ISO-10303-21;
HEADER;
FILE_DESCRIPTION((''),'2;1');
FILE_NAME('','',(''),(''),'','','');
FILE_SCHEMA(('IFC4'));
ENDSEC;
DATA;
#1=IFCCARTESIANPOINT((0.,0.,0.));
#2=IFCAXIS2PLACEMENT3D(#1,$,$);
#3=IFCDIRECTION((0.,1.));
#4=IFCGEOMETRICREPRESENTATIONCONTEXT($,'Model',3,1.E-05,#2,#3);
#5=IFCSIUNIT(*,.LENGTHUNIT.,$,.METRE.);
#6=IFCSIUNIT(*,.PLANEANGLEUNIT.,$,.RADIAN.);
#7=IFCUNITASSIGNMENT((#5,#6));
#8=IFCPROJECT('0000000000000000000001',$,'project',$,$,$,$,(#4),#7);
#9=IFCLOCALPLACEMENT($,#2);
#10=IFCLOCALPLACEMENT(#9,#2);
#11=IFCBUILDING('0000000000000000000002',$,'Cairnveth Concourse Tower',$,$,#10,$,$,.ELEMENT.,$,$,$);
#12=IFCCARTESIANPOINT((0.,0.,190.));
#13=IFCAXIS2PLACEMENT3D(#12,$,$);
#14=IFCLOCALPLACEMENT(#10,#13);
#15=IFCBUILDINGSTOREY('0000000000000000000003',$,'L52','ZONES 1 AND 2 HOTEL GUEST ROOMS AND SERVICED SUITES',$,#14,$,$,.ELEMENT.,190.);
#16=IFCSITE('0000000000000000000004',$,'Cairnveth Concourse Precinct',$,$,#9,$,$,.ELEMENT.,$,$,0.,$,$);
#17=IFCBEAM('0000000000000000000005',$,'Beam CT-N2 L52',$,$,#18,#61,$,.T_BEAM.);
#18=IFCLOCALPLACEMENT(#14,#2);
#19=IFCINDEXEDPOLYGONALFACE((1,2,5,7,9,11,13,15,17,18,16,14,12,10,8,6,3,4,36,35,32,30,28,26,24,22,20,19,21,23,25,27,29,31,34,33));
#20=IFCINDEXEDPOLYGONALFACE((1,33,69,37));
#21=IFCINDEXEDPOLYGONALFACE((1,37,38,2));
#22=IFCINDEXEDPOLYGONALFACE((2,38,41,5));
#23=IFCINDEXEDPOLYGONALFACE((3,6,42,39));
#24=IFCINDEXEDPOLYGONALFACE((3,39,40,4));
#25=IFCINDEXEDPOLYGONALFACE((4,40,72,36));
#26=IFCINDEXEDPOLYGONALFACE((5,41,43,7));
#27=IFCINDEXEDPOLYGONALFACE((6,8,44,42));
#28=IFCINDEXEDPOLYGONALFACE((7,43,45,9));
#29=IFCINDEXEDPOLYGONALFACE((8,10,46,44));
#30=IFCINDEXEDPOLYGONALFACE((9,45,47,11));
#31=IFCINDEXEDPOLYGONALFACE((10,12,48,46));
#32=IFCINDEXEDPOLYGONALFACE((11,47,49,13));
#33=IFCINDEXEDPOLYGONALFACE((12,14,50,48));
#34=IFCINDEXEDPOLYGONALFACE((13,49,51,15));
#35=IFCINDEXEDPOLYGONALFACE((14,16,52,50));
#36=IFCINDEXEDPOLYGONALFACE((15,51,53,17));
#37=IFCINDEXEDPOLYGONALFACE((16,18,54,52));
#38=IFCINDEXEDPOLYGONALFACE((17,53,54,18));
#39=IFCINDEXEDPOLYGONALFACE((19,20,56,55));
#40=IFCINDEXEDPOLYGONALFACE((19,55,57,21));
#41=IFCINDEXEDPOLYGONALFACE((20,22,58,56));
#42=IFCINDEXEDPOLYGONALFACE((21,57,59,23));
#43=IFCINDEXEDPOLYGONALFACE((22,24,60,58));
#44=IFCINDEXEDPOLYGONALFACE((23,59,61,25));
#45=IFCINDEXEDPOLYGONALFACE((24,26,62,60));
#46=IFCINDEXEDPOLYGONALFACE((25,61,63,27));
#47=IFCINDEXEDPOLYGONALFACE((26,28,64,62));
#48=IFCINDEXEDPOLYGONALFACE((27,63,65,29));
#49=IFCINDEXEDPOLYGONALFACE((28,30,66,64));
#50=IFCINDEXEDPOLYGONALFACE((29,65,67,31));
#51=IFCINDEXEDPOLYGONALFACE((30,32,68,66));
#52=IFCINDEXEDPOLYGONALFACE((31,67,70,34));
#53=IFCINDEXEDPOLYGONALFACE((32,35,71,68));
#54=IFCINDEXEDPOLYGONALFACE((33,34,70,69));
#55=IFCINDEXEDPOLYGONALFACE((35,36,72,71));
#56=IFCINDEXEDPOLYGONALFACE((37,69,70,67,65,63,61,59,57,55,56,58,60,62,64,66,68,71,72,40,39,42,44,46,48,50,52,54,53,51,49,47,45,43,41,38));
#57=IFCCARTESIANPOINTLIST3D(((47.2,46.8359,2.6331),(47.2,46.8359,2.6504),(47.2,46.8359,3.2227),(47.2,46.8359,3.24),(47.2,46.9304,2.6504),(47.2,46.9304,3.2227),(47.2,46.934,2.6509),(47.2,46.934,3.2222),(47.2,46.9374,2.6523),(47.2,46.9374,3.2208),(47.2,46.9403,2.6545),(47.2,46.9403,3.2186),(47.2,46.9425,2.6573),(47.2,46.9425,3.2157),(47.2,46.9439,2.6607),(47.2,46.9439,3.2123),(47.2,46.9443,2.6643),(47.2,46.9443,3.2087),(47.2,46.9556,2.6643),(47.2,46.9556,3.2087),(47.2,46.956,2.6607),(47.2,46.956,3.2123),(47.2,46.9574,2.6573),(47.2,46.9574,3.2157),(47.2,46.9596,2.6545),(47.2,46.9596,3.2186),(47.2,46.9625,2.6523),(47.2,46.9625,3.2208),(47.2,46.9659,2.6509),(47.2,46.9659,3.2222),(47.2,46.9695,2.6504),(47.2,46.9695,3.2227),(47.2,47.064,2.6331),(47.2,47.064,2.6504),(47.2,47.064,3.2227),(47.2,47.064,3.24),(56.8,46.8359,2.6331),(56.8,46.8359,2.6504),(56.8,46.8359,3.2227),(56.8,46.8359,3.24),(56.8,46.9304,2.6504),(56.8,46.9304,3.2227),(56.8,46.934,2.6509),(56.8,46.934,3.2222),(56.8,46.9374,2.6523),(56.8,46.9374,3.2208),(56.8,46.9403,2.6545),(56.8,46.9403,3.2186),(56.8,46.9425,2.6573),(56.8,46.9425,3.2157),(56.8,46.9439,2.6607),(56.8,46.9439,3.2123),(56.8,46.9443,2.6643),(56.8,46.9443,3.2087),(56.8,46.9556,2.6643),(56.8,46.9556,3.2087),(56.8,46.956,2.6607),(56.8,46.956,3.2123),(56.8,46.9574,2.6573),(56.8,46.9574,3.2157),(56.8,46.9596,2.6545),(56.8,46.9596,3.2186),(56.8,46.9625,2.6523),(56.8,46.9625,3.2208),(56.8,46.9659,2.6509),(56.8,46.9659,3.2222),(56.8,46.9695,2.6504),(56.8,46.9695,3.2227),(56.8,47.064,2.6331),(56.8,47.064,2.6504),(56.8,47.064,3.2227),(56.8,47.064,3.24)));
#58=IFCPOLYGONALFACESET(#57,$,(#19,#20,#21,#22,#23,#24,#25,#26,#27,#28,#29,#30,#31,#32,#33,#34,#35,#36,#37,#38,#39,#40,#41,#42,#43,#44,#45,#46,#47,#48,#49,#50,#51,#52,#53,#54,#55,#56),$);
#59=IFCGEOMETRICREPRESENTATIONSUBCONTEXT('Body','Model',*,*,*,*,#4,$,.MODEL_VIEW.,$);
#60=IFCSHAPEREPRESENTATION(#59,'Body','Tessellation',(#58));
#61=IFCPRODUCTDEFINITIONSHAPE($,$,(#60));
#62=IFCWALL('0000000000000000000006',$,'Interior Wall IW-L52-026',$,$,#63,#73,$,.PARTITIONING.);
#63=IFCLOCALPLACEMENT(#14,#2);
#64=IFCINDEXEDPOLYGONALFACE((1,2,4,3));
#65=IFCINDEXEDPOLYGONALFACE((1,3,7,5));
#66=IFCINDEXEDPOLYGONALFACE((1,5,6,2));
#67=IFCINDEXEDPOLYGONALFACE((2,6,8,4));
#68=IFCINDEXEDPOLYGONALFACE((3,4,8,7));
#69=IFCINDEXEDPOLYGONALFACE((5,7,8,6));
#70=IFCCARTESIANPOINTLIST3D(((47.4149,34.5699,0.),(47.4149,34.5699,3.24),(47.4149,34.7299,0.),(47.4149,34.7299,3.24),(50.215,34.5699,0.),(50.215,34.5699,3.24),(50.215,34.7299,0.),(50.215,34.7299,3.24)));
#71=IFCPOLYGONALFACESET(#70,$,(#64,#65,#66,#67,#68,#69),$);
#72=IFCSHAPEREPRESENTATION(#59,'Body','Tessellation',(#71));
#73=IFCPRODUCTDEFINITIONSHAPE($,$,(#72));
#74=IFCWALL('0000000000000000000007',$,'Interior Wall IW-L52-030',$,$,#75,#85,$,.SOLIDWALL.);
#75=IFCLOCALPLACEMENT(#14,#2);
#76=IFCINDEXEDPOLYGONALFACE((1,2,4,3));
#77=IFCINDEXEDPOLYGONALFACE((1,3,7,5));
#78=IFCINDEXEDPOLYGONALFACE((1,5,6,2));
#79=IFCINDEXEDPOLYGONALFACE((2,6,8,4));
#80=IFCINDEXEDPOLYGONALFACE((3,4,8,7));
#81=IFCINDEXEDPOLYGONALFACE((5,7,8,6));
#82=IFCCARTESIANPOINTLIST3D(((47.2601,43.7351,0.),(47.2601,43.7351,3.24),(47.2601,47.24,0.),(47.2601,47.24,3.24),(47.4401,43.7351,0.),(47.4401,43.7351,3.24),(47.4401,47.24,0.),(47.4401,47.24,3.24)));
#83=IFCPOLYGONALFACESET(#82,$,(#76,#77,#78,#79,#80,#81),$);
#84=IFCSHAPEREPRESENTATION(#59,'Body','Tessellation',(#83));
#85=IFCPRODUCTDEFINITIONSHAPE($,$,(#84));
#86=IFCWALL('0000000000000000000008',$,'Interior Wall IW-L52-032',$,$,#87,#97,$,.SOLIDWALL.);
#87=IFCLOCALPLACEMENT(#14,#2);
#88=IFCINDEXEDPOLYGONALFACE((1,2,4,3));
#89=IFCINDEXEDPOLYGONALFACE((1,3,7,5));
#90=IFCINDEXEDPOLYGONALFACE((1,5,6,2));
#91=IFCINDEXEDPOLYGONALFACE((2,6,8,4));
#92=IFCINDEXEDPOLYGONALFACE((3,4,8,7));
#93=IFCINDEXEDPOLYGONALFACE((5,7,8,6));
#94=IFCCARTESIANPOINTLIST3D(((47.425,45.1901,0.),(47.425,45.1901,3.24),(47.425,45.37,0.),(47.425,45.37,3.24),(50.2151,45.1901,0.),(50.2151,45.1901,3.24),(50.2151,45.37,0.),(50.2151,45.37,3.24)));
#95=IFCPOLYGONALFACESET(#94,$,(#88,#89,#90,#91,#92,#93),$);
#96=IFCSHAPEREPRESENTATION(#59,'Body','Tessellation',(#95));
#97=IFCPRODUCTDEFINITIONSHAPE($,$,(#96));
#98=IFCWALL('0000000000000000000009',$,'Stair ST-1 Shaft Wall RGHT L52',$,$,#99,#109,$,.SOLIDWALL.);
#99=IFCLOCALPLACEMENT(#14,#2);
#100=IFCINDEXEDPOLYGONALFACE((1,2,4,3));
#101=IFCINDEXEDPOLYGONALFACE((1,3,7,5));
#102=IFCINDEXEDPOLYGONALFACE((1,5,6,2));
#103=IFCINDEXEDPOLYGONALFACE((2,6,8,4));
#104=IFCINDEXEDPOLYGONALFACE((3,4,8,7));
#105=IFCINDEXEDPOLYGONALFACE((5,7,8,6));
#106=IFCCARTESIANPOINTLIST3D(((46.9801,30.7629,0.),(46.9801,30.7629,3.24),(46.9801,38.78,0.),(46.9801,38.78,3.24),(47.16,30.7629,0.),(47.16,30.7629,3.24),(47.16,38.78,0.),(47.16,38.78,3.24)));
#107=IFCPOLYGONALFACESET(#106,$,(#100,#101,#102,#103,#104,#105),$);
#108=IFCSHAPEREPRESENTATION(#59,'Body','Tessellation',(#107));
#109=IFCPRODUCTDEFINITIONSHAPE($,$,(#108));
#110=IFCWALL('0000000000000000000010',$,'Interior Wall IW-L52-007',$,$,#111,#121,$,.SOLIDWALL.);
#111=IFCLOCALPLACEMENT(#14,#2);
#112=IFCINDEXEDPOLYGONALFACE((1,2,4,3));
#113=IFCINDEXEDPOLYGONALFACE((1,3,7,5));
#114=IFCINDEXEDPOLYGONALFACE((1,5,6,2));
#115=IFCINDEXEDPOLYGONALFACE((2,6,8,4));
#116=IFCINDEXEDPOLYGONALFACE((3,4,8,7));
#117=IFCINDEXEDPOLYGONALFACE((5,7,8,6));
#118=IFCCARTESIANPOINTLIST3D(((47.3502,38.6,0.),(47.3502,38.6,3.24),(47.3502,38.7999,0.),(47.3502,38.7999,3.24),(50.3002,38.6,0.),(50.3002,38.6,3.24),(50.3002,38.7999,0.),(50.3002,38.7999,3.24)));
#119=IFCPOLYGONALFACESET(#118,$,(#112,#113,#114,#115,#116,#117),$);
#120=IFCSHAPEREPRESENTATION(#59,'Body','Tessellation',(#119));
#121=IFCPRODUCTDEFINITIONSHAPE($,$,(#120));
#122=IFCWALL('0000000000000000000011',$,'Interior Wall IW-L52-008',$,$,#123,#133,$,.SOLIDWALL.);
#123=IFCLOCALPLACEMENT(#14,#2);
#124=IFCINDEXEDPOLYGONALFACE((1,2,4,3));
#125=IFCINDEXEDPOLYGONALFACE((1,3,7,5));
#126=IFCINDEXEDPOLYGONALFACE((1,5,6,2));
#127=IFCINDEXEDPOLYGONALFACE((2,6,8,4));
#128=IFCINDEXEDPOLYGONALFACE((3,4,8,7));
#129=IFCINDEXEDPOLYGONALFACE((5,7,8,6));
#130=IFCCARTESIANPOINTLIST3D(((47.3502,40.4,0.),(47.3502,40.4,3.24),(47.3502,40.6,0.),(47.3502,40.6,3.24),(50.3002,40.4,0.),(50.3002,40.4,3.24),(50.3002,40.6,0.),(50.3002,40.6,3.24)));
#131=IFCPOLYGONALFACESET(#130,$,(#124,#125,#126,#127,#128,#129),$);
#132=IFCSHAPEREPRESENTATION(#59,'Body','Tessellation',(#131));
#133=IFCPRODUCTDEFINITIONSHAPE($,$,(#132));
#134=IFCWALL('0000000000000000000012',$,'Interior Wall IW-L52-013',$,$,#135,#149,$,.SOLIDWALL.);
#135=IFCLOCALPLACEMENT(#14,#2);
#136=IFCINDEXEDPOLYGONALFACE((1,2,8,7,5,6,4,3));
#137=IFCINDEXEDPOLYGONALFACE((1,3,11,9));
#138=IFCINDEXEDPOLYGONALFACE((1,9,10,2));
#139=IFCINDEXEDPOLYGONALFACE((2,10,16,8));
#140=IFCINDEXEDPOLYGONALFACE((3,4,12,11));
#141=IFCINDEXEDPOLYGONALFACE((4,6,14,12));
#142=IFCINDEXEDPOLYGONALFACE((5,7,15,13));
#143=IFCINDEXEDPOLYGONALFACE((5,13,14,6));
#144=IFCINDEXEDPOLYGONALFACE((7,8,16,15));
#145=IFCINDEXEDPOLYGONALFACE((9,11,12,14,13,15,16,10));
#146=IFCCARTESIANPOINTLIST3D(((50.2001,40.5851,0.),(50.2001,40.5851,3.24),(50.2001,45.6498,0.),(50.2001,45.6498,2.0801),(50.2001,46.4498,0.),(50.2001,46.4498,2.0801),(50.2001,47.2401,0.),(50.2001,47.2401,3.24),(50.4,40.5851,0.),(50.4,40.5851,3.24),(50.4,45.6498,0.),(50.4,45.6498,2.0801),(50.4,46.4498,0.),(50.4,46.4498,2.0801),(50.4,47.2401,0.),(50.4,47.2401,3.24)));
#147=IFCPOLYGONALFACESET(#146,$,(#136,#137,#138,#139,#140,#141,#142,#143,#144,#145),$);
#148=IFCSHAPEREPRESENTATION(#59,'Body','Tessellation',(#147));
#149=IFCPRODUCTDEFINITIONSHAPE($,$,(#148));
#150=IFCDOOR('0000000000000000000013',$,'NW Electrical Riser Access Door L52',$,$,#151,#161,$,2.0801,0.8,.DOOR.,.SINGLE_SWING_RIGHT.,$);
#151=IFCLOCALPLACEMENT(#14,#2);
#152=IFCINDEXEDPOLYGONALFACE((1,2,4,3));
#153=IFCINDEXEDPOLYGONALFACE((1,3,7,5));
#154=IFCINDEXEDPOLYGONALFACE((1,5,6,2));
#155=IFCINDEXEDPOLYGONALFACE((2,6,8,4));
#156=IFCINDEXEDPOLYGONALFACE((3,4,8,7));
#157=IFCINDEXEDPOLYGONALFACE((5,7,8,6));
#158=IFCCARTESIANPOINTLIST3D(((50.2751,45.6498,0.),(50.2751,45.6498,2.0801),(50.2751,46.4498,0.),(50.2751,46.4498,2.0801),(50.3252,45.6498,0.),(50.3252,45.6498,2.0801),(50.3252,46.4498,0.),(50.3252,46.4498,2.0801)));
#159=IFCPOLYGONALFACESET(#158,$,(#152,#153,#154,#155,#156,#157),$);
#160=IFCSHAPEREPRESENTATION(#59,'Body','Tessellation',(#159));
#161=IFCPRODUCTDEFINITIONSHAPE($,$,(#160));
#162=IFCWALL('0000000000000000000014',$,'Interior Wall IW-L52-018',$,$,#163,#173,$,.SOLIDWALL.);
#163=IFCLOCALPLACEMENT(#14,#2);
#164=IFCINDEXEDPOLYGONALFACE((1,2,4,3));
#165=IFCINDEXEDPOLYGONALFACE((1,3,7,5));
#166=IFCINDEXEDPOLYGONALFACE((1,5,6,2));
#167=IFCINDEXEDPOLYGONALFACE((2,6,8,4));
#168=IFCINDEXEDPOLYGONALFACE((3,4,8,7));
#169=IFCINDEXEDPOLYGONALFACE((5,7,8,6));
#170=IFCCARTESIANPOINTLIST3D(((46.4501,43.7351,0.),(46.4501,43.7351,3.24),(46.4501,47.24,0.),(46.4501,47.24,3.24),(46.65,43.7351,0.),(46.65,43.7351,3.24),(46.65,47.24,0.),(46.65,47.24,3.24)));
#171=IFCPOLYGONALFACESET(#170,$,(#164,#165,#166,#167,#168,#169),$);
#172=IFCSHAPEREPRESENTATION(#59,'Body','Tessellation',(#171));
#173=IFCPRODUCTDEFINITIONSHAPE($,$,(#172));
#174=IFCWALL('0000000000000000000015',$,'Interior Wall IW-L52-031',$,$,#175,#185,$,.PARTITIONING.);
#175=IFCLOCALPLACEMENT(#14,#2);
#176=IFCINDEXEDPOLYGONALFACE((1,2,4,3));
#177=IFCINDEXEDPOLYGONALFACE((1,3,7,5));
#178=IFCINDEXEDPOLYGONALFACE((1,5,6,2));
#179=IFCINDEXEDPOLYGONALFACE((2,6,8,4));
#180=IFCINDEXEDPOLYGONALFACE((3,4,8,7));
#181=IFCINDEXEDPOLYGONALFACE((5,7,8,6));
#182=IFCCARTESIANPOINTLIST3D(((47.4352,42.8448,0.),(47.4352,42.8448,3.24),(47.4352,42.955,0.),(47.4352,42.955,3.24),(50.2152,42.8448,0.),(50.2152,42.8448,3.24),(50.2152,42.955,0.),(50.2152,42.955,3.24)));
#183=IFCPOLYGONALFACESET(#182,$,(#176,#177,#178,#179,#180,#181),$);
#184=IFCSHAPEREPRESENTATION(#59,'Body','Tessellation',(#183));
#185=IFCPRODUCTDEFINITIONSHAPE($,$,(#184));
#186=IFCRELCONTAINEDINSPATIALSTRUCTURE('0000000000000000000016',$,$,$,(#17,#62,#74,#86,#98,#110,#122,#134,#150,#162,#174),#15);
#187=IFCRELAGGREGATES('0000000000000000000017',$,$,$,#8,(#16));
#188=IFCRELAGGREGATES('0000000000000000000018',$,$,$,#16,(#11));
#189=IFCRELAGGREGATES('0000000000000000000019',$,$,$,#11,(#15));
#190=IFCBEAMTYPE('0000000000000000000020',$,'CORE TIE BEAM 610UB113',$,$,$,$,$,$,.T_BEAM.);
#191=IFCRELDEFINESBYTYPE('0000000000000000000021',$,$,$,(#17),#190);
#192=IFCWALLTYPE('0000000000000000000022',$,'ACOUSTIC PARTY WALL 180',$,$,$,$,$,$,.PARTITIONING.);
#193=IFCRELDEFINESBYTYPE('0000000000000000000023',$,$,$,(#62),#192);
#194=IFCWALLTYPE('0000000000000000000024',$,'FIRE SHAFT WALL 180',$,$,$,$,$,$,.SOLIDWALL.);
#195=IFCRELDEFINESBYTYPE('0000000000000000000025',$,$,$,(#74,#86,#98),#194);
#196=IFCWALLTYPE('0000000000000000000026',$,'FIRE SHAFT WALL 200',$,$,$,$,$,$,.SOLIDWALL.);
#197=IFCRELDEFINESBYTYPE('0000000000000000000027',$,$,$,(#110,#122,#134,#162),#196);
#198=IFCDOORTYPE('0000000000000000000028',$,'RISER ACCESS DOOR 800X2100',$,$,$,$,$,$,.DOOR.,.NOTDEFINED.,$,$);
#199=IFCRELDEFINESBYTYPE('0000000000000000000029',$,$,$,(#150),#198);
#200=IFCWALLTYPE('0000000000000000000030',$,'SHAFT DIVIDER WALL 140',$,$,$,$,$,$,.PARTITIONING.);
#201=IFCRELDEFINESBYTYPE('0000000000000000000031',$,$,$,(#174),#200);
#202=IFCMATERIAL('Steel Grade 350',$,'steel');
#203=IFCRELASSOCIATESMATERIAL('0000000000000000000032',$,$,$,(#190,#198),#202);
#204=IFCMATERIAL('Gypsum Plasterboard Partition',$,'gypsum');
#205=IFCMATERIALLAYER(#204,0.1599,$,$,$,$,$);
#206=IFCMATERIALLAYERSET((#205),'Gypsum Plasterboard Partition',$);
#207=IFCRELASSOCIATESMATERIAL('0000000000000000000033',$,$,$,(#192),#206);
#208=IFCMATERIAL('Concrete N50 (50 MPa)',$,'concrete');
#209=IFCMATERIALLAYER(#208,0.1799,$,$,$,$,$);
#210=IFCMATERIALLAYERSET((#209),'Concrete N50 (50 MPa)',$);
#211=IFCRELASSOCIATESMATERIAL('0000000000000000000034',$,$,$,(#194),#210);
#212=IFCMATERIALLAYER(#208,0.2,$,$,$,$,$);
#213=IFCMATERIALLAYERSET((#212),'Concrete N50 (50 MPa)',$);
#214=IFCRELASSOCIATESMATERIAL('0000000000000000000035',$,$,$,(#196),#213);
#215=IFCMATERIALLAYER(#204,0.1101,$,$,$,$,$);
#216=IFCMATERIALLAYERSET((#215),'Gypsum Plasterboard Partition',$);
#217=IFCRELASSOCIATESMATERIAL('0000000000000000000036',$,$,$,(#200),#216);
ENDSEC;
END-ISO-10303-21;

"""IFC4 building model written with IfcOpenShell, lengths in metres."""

from ifc_helpers import new_model, si_unit, direction, frame, frame_2d, origin, origin_2d, place, context, subcontext, project, spatial, rectangle, i_section, extrude, material, layer, layer_set, material_profile, profile_set, type_object, element, fill, save


model = new_model("IFC4")

# Units and contexts
model_context = context("Model", 3, precision=1e-05, world=origin(), true_north=direction((0.0, 1.0)))
body_context = subcontext(model_context, "Body", "Model", "MODEL_VIEW")
ifc_project = project(units=[si_unit("LENGTHUNIT", "METRE"), si_unit("PLANEANGLEUNIT", "RADIAN")], contexts=[model_context])

# Site, building, storey
site_placement = place(None, origin())
site = spatial("IfcSite", under=ifc_project, at=site_placement, Name="Cairnveth Concourse Precinct", CompositionType="ELEMENT", RefElevation=0.0)
building_placement = place(site_placement, origin())
building = spatial("IfcBuilding", under=site, at=building_placement, Name="Cairnveth Concourse Tower", CompositionType="ELEMENT")
storey_placement = place(building_placement, frame((0.0, 0.0, 190.0)))
storey = spatial("IfcBuildingStorey", under=building, at=storey_placement, Name="L52", Description="ZONES 1 AND 2 HOTEL GUEST ROOMS AND SERVICED SUITES", CompositionType="ELEMENT", Elevation=190.0)

# Beam
ifc_material_1 = material(Name="Steel Grade 350", Category="steel")
ifc_material_profile = material_profile(ifc_material_1, i_section(OverallWidth=0.228, OverallDepth=0.6069, WebThickness=0.0112, FlangeThickness=0.0173, FilletRadius=0.0139, at=origin_2d()), Name="610UB113")
ifc_profile_set = profile_set([ifc_material_profile], Name="Steel Grade 350")
beam_type = type_object("IfcBeamType", Name="CORE TIE BEAM 610UB113", PredefinedType="T_BEAM", material=ifc_profile_set)
beam_placement = place(storey_placement, frame((47.2, 46.95, 2.9365), z_axis=(1.0, 0.0, 0.0), x_axis=(0.0, 1.0, 0.0)))
element("IfcBeam", 1, at=beam_placement, inside=storey, type_object=beam_type, Name="Beam CT-N2 L52", PredefinedType="T_BEAM", context=body_context, shape_type="SweptSolid", body=[
    extrude(i_section(OverallWidth=0.228, OverallDepth=0.6069, WebThickness=0.0112, FlangeThickness=0.0173, FilletRadius=0.0139, at=origin_2d()), origin(), (0.0, 0.0, 1.0), 9.6001),
])

# Walls
ifc_material_2 = material(Name="Gypsum Plasterboard Partition", Category="gypsum")
ifc_layer_1 = layer(ifc_material_2, 0.1599)
ifc_layer_set_1 = layer_set([ifc_layer_1], Name="Gypsum Plasterboard Partition")
wall_type_1 = type_object("IfcWallType", Name="ACOUSTIC PARTY WALL 180", PredefinedType="PARTITIONING", material=ifc_layer_set_1)
wall_1_placement = place(storey_placement, frame((47.415, 34.6499, 0.0), z_axis=(0.0, 0.0, 1.0), x_axis=(1.0, 0.0, 0.0)))
element("IfcWall", 2, at=wall_1_placement, inside=storey, type_object=wall_type_1, Name="Interior Wall IW-L52-026", PredefinedType="PARTITIONING", context=body_context, shape_type="SweptSolid", body=[
    extrude(rectangle(XDim=2.8, YDim=0.1599, at=frame_2d((1.3999, 0.0))), origin(), (0.0, 0.0, 1.0), 3.24),
])
ifc_material_3 = material(Name="Concrete N50 (50 MPa)", Category="concrete")
ifc_layer_2 = layer(ifc_material_3, 0.1799)
ifc_layer_set_2 = layer_set([ifc_layer_2], Name="Concrete N50 (50 MPa)")
wall_type_2 = type_object("IfcWallType", Name="FIRE SHAFT WALL 180", PredefinedType="SOLIDWALL", material=ifc_layer_set_2)
wall_2_placement = place(storey_placement, frame((47.3501, 43.7351, 0.0), z_axis=(0.0, 0.0, 1.0), x_axis=(0.0, 1.0, 0.0)))
element("IfcWall", 3, at=wall_2_placement, inside=storey, type_object=wall_type_2, Name="Interior Wall IW-L52-030", PredefinedType="SOLIDWALL", context=body_context, shape_type="SweptSolid", body=[
    extrude(rectangle(XDim=3.5049, YDim=0.1799, at=frame_2d((1.7524, 0.0))), origin(), (0.0, 0.0, 1.0), 3.24),
])
wall_3_placement = place(storey_placement, frame((47.425, 45.28, 0.0), z_axis=(0.0, 0.0, 1.0), x_axis=(1.0, 0.0, 0.0)))
element("IfcWall", 4, at=wall_3_placement, inside=storey, type_object=wall_type_2, Name="Interior Wall IW-L52-032", PredefinedType="SOLIDWALL", context=body_context, shape_type="SweptSolid", body=[
    extrude(rectangle(XDim=2.79, YDim=0.1799, at=frame_2d((1.395, 0.0))), origin(), (0.0, 0.0, 1.0), 3.24),
])
wall_4_placement = place(storey_placement, frame((47.0701, 38.78, 0.0), z_axis=(0.0, 0.0, 1.0), x_axis=(0.0, -1.0, 0.0)))
element("IfcWall", 5, at=wall_4_placement, inside=storey, type_object=wall_type_2, Name="Stair ST-1 Shaft Wall RGHT L52", PredefinedType="SOLIDWALL", context=body_context, shape_type="SweptSolid", body=[
    extrude(rectangle(XDim=8.0171, YDim=0.1799, at=frame_2d((4.0085, 0.0))), origin(), (0.0, 0.0, 1.0), 3.24),
])
ifc_layer_3 = layer(ifc_material_3, 0.2)
ifc_layer_set_3 = layer_set([ifc_layer_3], Name="Concrete N50 (50 MPa)")
wall_type_3 = type_object("IfcWallType", Name="FIRE SHAFT WALL 200", PredefinedType="SOLIDWALL", material=ifc_layer_set_3)
for number, where, z_axis, x_axis, name in (
    (6, (47.3501, 38.7, 0.0), (0.0, 0.0, 1.0), (1.0, 0.0, 0.0), "Interior Wall IW-L52-007"),
    (7, (47.3501, 40.5, 0.0), (0.0, 0.0, 1.0), (1.0, 0.0, 0.0), "Interior Wall IW-L52-008"),
):
    element("IfcWall", number, at=place(storey_placement, frame(where, z_axis=z_axis, x_axis=x_axis)), inside=storey, type_object=wall_type_3, Name=name, PredefinedType="SOLIDWALL", context=body_context, shape_type="SweptSolid", body=[
        extrude(rectangle(XDim=2.95, YDim=0.2, at=frame_2d((1.4751, 0.0))), origin(), (0.0, 0.0, 1.0), 3.24),
    ])

# Wall, opening, door
wall_5_placement = place(storey_placement, frame((50.3, 40.585, 0.0), z_axis=(0.0, 0.0, 1.0), x_axis=(0.0, 1.0, 0.0)))
wall_5 = element("IfcWall", 8, at=wall_5_placement, inside=storey, type_object=wall_type_3, Name="Interior Wall IW-L52-013", PredefinedType="SOLIDWALL", context=body_context, shape_type="SweptSolid", body=[
    extrude(rectangle(XDim=6.655, YDim=0.2, at=frame_2d((3.3276, 0.0))), origin(), (0.0, 0.0, 1.0), 3.24),
])
opening_1_placement = place(wall_5_placement, frame((5.0649, 0.0, 0.0)))
opening_1 = element("IfcOpeningElement", 9, at=opening_1_placement, cuts=wall_5, PredefinedType="OPENING", context=body_context, shape_type="SweptSolid", body=[
    extrude(rectangle(XDim=0.8, YDim=2.0801, at=frame_2d((0.3999, 1.04))), frame((0.0, 0.1099, 0.0), z_axis=(0.0, -1.0, 0.0), x_axis=(1.0, 0.0, 0.0)), (0.0, 0.0, 1.0), 0.22),
])
door_type_1 = type_object("IfcDoorType", Name="RISER ACCESS DOOR 800X2100", OperationType="NOTDEFINED", PredefinedType="DOOR", material=ifc_material_1)
door_1_placement = place(opening_1_placement, origin())
door_1 = element("IfcDoor", 10, at=door_1_placement, inside=storey, type_object=door_type_1, Name="NW Electrical Riser Access Door L52", OperationType="SINGLE_SWING_RIGHT", OverallHeight=2.0801, OverallWidth=0.8, PredefinedType="DOOR", context=body_context, shape_type="SweptSolid", body=[
    extrude(rectangle(XDim=0.8, YDim=2.0801, at=frame_2d((0.3999, 1.04))), frame((0.0, 0.0249, 0.0), z_axis=(0.0, -1.0, 0.0), x_axis=(1.0, 0.0, 0.0)), (0.0, 0.0, 1.0), 0.05),
])
fill(opening_1, door_1)

# Walls
wall_6_placement = place(storey_placement, frame((46.55, 43.7351, 0.0), z_axis=(0.0, 0.0, 1.0), x_axis=(0.0, 1.0, 0.0)))
element("IfcWall", 11, at=wall_6_placement, inside=storey, type_object=wall_type_3, Name="Interior Wall IW-L52-018", PredefinedType="SOLIDWALL", context=body_context, shape_type="SweptSolid", body=[
    extrude(rectangle(XDim=3.5049, YDim=0.2, at=frame_2d((1.7524, 0.0))), origin(), (0.0, 0.0, 1.0), 3.24),
])
ifc_layer_4 = layer(ifc_material_2, 0.1101)
ifc_layer_set_4 = layer_set([ifc_layer_4], Name="Gypsum Plasterboard Partition")
wall_type_4 = type_object("IfcWallType", Name="SHAFT DIVIDER WALL 140", PredefinedType="PARTITIONING", material=ifc_layer_set_4)
wall_7_placement = place(storey_placement, frame((47.4351, 42.8999, 0.0), z_axis=(0.0, 0.0, 1.0), x_axis=(1.0, 0.0, 0.0)))
element("IfcWall", 12, at=wall_7_placement, inside=storey, type_object=wall_type_4, Name="Interior Wall IW-L52-031", PredefinedType="PARTITIONING", context=body_context, shape_type="SweptSolid", body=[
    extrude(rectangle(XDim=2.78, YDim=0.1101, at=frame_2d((1.3901, 0.0))), origin(), (0.0, 0.0, 1.0), 3.24),
])

save(model, "model.ifc")
